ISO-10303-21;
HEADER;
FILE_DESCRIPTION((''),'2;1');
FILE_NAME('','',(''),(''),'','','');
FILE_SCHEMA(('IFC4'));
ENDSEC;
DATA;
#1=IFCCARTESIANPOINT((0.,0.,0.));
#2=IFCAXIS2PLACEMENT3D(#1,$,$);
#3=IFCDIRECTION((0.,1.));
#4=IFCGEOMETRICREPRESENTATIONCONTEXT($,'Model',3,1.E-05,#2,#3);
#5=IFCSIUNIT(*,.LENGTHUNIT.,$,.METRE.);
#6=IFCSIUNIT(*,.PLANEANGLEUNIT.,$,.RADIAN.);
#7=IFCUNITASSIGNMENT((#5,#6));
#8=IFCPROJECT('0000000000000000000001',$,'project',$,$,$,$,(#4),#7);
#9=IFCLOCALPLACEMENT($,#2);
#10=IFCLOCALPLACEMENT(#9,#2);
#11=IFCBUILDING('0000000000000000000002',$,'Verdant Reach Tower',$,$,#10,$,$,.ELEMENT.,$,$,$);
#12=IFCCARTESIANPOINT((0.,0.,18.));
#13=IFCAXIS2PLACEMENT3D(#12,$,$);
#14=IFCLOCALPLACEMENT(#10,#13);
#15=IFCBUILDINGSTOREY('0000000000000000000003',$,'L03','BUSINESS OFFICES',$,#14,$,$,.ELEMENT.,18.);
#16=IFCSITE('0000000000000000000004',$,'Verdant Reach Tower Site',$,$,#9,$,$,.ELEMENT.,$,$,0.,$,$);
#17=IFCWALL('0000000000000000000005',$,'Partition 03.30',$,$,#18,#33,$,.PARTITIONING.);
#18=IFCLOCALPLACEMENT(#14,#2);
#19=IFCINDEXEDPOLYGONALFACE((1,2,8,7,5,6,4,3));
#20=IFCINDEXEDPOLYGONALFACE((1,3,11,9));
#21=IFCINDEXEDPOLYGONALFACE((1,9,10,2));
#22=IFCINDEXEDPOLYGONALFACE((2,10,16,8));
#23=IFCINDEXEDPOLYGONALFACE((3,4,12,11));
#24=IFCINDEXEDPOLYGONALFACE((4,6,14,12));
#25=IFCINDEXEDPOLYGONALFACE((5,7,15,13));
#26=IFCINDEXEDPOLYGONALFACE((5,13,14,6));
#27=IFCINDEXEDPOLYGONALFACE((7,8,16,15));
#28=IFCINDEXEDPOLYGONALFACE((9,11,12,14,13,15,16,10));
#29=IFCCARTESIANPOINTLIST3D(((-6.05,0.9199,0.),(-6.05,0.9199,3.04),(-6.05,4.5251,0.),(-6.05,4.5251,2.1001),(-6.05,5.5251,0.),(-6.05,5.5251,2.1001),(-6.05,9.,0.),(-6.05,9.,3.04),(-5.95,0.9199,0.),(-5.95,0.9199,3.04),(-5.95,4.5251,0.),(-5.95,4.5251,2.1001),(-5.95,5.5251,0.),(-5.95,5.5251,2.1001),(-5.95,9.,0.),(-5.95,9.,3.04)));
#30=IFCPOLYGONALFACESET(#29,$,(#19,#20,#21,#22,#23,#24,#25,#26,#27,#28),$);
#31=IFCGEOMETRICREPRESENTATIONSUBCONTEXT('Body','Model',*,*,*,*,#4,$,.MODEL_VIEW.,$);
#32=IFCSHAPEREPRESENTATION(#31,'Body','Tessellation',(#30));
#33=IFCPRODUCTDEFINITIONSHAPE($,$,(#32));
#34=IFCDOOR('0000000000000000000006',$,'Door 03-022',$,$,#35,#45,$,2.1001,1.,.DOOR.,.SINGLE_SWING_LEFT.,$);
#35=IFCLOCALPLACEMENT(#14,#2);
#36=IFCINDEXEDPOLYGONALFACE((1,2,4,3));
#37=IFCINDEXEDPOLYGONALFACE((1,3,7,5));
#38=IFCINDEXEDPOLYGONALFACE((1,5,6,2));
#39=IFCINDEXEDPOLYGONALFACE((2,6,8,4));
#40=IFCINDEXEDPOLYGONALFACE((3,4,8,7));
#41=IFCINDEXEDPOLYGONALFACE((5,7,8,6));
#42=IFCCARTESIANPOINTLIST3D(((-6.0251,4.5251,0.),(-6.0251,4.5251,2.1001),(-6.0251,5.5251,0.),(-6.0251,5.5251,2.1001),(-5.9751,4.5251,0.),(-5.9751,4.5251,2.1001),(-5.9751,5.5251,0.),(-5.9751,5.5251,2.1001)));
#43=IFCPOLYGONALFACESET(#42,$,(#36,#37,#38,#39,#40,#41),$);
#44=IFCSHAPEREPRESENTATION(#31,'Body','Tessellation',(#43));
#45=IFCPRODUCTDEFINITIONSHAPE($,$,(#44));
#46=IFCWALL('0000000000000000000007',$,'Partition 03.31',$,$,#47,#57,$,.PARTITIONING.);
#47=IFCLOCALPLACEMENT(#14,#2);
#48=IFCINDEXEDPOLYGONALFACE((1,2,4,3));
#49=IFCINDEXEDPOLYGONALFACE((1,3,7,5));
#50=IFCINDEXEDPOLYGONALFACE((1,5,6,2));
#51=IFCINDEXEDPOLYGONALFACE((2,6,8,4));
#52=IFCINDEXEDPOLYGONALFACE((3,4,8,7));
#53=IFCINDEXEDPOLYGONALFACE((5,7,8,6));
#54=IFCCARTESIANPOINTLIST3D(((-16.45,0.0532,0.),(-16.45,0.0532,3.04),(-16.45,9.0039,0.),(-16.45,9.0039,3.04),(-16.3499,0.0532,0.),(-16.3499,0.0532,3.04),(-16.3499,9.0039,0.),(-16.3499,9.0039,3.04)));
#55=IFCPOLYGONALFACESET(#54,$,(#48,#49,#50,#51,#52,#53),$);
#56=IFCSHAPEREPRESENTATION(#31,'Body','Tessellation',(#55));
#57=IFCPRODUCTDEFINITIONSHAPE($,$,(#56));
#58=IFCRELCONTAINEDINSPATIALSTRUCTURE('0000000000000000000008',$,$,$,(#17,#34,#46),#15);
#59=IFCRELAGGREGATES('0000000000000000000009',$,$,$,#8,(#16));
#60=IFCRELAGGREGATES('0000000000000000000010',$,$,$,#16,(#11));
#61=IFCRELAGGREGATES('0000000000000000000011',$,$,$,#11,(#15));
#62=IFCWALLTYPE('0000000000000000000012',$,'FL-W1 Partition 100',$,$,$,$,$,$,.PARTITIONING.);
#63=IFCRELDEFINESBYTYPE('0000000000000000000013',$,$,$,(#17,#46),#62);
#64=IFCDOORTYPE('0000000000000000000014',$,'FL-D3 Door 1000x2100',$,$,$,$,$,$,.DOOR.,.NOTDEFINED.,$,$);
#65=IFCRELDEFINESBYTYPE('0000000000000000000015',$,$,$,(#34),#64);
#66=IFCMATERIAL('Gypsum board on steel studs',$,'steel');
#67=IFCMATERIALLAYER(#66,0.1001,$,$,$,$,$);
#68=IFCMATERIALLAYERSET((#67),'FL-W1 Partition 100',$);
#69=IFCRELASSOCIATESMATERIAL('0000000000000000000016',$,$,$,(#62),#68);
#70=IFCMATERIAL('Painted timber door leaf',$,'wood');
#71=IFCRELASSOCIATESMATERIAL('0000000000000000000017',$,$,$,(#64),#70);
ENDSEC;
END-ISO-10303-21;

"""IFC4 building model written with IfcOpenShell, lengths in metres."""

from ifc_helpers import new_model, si_unit, direction, frame, frame_2d, origin, place, context, subcontext, project, spatial, rectangle, extrude, material, layer, layer_set, type_object, element, fill, save


model = new_model("IFC4")

# Units and contexts
model_context = context("Model", 3, precision=1e-05, world=origin(), true_north=direction((0.0, 1.0)))
body_context = subcontext(model_context, "Body", "Model", "MODEL_VIEW")
ifc_project = project(units=[si_unit("LENGTHUNIT", "METRE"), si_unit("PLANEANGLEUNIT", "RADIAN")], contexts=[model_context])

# Site, building, storey
site_placement = place(None, origin())
site = spatial("IfcSite", under=ifc_project, at=site_placement, Name="Verdant Reach Tower Site", CompositionType="ELEMENT", RefElevation=0.0)
building_placement = place(site_placement, origin())
building = spatial("IfcBuilding", under=site, at=building_placement, Name="Verdant Reach Tower", CompositionType="ELEMENT")
storey_placement = place(building_placement, frame((0.0, 0.0, 18.0)))
storey = spatial("IfcBuildingStorey", under=building, at=storey_placement, Name="L03", Description="BUSINESS OFFICES", CompositionType="ELEMENT", Elevation=18.0)

# Shared definitions
ifc_material_1 = material(Name="Gypsum board on steel studs", Category="steel")
ifc_layer_1 = layer(ifc_material_1, 0.1001)
ifc_layer_set_1 = layer_set([ifc_layer_1], Name="FL-W1 Partition 100")
wall_type = type_object("IfcWallType", Name="FL-W1 Partition 100", PredefinedType="PARTITIONING", material=ifc_layer_set_1)

# Shared definitions
ifc_material_2 = material(Name="Painted timber door leaf", Category="wood")
door_type = type_object("IfcDoorType", Name="FL-D3 Door 1000x2100", OperationType="NOTDEFINED", PredefinedType="DOOR", material=ifc_material_2)

# Wall, opening, door
wall_1_placement = place(storey_placement, frame((-6.0, 9.0, 0.0), z_axis=(0.0, 0.0, 1.0), x_axis=(0.0, -1.0, 0.0)))
wall_1 = element("IfcWall", 1, at=wall_1_placement, inside=storey, type_object=wall_type, Name="Partition 03.30", PredefinedType="PARTITIONING", context=body_context, shape_type="SweptSolid", body=[
    extrude(rectangle(XDim=8.0801, YDim=0.1001, at=frame_2d((4.04, 0.0))), origin(), (0.0, 0.0, 1.0), 3.04),
])
opening_1_placement = place(wall_1_placement, frame((3.4749, 0.0, 0.0)))
opening_1 = element("IfcOpeningElement", 2, at=opening_1_placement, cuts=wall_1, PredefinedType="OPENING", context=body_context, shape_type="SweptSolid", body=[
    extrude(rectangle(XDim=1.0, YDim=2.1001, at=frame_2d((0.5, 1.05))), frame((0.0, 0.0601, 0.0), z_axis=(0.0, -1.0, 0.0), x_axis=(1.0, 0.0, 0.0)), (0.0, 0.0, 1.0), 0.1201),
])
door_1_placement = place(opening_1_placement, origin())
door_1 = element("IfcDoor", 3, at=door_1_placement, inside=storey, type_object=door_type, Name="Door 03-022", OperationType="SINGLE_SWING_LEFT", OverallHeight=2.1001, OverallWidth=1.0, PredefinedType="DOOR", context=body_context, shape_type="SweptSolid", body=[
    extrude(rectangle(XDim=1.0, YDim=2.1001, at=frame_2d((0.5, 1.05))), frame((0.0, 0.0249, 0.0), z_axis=(0.0, -1.0, 0.0), x_axis=(1.0, 0.0, 0.0)), (0.0, 0.0, 1.0), 0.05),
])
fill(opening_1, door_1)

# Wall
wall_2_placement = place(storey_placement, frame((-16.3999, 9.0039, 0.0), z_axis=(0.0, 0.0, 1.0), x_axis=(0.0, -1.0, 0.0)))
element("IfcWall", 4, at=wall_2_placement, inside=storey, type_object=wall_type, Name="Partition 03.31", PredefinedType="PARTITIONING", context=body_context, shape_type="SweptSolid", body=[
    extrude(rectangle(XDim=8.9507, YDim=0.1001, at=frame_2d((4.4753, 0.0))), origin(), (0.0, 0.0, 1.0), 3.04),
])

save(model, "model.ifc")
